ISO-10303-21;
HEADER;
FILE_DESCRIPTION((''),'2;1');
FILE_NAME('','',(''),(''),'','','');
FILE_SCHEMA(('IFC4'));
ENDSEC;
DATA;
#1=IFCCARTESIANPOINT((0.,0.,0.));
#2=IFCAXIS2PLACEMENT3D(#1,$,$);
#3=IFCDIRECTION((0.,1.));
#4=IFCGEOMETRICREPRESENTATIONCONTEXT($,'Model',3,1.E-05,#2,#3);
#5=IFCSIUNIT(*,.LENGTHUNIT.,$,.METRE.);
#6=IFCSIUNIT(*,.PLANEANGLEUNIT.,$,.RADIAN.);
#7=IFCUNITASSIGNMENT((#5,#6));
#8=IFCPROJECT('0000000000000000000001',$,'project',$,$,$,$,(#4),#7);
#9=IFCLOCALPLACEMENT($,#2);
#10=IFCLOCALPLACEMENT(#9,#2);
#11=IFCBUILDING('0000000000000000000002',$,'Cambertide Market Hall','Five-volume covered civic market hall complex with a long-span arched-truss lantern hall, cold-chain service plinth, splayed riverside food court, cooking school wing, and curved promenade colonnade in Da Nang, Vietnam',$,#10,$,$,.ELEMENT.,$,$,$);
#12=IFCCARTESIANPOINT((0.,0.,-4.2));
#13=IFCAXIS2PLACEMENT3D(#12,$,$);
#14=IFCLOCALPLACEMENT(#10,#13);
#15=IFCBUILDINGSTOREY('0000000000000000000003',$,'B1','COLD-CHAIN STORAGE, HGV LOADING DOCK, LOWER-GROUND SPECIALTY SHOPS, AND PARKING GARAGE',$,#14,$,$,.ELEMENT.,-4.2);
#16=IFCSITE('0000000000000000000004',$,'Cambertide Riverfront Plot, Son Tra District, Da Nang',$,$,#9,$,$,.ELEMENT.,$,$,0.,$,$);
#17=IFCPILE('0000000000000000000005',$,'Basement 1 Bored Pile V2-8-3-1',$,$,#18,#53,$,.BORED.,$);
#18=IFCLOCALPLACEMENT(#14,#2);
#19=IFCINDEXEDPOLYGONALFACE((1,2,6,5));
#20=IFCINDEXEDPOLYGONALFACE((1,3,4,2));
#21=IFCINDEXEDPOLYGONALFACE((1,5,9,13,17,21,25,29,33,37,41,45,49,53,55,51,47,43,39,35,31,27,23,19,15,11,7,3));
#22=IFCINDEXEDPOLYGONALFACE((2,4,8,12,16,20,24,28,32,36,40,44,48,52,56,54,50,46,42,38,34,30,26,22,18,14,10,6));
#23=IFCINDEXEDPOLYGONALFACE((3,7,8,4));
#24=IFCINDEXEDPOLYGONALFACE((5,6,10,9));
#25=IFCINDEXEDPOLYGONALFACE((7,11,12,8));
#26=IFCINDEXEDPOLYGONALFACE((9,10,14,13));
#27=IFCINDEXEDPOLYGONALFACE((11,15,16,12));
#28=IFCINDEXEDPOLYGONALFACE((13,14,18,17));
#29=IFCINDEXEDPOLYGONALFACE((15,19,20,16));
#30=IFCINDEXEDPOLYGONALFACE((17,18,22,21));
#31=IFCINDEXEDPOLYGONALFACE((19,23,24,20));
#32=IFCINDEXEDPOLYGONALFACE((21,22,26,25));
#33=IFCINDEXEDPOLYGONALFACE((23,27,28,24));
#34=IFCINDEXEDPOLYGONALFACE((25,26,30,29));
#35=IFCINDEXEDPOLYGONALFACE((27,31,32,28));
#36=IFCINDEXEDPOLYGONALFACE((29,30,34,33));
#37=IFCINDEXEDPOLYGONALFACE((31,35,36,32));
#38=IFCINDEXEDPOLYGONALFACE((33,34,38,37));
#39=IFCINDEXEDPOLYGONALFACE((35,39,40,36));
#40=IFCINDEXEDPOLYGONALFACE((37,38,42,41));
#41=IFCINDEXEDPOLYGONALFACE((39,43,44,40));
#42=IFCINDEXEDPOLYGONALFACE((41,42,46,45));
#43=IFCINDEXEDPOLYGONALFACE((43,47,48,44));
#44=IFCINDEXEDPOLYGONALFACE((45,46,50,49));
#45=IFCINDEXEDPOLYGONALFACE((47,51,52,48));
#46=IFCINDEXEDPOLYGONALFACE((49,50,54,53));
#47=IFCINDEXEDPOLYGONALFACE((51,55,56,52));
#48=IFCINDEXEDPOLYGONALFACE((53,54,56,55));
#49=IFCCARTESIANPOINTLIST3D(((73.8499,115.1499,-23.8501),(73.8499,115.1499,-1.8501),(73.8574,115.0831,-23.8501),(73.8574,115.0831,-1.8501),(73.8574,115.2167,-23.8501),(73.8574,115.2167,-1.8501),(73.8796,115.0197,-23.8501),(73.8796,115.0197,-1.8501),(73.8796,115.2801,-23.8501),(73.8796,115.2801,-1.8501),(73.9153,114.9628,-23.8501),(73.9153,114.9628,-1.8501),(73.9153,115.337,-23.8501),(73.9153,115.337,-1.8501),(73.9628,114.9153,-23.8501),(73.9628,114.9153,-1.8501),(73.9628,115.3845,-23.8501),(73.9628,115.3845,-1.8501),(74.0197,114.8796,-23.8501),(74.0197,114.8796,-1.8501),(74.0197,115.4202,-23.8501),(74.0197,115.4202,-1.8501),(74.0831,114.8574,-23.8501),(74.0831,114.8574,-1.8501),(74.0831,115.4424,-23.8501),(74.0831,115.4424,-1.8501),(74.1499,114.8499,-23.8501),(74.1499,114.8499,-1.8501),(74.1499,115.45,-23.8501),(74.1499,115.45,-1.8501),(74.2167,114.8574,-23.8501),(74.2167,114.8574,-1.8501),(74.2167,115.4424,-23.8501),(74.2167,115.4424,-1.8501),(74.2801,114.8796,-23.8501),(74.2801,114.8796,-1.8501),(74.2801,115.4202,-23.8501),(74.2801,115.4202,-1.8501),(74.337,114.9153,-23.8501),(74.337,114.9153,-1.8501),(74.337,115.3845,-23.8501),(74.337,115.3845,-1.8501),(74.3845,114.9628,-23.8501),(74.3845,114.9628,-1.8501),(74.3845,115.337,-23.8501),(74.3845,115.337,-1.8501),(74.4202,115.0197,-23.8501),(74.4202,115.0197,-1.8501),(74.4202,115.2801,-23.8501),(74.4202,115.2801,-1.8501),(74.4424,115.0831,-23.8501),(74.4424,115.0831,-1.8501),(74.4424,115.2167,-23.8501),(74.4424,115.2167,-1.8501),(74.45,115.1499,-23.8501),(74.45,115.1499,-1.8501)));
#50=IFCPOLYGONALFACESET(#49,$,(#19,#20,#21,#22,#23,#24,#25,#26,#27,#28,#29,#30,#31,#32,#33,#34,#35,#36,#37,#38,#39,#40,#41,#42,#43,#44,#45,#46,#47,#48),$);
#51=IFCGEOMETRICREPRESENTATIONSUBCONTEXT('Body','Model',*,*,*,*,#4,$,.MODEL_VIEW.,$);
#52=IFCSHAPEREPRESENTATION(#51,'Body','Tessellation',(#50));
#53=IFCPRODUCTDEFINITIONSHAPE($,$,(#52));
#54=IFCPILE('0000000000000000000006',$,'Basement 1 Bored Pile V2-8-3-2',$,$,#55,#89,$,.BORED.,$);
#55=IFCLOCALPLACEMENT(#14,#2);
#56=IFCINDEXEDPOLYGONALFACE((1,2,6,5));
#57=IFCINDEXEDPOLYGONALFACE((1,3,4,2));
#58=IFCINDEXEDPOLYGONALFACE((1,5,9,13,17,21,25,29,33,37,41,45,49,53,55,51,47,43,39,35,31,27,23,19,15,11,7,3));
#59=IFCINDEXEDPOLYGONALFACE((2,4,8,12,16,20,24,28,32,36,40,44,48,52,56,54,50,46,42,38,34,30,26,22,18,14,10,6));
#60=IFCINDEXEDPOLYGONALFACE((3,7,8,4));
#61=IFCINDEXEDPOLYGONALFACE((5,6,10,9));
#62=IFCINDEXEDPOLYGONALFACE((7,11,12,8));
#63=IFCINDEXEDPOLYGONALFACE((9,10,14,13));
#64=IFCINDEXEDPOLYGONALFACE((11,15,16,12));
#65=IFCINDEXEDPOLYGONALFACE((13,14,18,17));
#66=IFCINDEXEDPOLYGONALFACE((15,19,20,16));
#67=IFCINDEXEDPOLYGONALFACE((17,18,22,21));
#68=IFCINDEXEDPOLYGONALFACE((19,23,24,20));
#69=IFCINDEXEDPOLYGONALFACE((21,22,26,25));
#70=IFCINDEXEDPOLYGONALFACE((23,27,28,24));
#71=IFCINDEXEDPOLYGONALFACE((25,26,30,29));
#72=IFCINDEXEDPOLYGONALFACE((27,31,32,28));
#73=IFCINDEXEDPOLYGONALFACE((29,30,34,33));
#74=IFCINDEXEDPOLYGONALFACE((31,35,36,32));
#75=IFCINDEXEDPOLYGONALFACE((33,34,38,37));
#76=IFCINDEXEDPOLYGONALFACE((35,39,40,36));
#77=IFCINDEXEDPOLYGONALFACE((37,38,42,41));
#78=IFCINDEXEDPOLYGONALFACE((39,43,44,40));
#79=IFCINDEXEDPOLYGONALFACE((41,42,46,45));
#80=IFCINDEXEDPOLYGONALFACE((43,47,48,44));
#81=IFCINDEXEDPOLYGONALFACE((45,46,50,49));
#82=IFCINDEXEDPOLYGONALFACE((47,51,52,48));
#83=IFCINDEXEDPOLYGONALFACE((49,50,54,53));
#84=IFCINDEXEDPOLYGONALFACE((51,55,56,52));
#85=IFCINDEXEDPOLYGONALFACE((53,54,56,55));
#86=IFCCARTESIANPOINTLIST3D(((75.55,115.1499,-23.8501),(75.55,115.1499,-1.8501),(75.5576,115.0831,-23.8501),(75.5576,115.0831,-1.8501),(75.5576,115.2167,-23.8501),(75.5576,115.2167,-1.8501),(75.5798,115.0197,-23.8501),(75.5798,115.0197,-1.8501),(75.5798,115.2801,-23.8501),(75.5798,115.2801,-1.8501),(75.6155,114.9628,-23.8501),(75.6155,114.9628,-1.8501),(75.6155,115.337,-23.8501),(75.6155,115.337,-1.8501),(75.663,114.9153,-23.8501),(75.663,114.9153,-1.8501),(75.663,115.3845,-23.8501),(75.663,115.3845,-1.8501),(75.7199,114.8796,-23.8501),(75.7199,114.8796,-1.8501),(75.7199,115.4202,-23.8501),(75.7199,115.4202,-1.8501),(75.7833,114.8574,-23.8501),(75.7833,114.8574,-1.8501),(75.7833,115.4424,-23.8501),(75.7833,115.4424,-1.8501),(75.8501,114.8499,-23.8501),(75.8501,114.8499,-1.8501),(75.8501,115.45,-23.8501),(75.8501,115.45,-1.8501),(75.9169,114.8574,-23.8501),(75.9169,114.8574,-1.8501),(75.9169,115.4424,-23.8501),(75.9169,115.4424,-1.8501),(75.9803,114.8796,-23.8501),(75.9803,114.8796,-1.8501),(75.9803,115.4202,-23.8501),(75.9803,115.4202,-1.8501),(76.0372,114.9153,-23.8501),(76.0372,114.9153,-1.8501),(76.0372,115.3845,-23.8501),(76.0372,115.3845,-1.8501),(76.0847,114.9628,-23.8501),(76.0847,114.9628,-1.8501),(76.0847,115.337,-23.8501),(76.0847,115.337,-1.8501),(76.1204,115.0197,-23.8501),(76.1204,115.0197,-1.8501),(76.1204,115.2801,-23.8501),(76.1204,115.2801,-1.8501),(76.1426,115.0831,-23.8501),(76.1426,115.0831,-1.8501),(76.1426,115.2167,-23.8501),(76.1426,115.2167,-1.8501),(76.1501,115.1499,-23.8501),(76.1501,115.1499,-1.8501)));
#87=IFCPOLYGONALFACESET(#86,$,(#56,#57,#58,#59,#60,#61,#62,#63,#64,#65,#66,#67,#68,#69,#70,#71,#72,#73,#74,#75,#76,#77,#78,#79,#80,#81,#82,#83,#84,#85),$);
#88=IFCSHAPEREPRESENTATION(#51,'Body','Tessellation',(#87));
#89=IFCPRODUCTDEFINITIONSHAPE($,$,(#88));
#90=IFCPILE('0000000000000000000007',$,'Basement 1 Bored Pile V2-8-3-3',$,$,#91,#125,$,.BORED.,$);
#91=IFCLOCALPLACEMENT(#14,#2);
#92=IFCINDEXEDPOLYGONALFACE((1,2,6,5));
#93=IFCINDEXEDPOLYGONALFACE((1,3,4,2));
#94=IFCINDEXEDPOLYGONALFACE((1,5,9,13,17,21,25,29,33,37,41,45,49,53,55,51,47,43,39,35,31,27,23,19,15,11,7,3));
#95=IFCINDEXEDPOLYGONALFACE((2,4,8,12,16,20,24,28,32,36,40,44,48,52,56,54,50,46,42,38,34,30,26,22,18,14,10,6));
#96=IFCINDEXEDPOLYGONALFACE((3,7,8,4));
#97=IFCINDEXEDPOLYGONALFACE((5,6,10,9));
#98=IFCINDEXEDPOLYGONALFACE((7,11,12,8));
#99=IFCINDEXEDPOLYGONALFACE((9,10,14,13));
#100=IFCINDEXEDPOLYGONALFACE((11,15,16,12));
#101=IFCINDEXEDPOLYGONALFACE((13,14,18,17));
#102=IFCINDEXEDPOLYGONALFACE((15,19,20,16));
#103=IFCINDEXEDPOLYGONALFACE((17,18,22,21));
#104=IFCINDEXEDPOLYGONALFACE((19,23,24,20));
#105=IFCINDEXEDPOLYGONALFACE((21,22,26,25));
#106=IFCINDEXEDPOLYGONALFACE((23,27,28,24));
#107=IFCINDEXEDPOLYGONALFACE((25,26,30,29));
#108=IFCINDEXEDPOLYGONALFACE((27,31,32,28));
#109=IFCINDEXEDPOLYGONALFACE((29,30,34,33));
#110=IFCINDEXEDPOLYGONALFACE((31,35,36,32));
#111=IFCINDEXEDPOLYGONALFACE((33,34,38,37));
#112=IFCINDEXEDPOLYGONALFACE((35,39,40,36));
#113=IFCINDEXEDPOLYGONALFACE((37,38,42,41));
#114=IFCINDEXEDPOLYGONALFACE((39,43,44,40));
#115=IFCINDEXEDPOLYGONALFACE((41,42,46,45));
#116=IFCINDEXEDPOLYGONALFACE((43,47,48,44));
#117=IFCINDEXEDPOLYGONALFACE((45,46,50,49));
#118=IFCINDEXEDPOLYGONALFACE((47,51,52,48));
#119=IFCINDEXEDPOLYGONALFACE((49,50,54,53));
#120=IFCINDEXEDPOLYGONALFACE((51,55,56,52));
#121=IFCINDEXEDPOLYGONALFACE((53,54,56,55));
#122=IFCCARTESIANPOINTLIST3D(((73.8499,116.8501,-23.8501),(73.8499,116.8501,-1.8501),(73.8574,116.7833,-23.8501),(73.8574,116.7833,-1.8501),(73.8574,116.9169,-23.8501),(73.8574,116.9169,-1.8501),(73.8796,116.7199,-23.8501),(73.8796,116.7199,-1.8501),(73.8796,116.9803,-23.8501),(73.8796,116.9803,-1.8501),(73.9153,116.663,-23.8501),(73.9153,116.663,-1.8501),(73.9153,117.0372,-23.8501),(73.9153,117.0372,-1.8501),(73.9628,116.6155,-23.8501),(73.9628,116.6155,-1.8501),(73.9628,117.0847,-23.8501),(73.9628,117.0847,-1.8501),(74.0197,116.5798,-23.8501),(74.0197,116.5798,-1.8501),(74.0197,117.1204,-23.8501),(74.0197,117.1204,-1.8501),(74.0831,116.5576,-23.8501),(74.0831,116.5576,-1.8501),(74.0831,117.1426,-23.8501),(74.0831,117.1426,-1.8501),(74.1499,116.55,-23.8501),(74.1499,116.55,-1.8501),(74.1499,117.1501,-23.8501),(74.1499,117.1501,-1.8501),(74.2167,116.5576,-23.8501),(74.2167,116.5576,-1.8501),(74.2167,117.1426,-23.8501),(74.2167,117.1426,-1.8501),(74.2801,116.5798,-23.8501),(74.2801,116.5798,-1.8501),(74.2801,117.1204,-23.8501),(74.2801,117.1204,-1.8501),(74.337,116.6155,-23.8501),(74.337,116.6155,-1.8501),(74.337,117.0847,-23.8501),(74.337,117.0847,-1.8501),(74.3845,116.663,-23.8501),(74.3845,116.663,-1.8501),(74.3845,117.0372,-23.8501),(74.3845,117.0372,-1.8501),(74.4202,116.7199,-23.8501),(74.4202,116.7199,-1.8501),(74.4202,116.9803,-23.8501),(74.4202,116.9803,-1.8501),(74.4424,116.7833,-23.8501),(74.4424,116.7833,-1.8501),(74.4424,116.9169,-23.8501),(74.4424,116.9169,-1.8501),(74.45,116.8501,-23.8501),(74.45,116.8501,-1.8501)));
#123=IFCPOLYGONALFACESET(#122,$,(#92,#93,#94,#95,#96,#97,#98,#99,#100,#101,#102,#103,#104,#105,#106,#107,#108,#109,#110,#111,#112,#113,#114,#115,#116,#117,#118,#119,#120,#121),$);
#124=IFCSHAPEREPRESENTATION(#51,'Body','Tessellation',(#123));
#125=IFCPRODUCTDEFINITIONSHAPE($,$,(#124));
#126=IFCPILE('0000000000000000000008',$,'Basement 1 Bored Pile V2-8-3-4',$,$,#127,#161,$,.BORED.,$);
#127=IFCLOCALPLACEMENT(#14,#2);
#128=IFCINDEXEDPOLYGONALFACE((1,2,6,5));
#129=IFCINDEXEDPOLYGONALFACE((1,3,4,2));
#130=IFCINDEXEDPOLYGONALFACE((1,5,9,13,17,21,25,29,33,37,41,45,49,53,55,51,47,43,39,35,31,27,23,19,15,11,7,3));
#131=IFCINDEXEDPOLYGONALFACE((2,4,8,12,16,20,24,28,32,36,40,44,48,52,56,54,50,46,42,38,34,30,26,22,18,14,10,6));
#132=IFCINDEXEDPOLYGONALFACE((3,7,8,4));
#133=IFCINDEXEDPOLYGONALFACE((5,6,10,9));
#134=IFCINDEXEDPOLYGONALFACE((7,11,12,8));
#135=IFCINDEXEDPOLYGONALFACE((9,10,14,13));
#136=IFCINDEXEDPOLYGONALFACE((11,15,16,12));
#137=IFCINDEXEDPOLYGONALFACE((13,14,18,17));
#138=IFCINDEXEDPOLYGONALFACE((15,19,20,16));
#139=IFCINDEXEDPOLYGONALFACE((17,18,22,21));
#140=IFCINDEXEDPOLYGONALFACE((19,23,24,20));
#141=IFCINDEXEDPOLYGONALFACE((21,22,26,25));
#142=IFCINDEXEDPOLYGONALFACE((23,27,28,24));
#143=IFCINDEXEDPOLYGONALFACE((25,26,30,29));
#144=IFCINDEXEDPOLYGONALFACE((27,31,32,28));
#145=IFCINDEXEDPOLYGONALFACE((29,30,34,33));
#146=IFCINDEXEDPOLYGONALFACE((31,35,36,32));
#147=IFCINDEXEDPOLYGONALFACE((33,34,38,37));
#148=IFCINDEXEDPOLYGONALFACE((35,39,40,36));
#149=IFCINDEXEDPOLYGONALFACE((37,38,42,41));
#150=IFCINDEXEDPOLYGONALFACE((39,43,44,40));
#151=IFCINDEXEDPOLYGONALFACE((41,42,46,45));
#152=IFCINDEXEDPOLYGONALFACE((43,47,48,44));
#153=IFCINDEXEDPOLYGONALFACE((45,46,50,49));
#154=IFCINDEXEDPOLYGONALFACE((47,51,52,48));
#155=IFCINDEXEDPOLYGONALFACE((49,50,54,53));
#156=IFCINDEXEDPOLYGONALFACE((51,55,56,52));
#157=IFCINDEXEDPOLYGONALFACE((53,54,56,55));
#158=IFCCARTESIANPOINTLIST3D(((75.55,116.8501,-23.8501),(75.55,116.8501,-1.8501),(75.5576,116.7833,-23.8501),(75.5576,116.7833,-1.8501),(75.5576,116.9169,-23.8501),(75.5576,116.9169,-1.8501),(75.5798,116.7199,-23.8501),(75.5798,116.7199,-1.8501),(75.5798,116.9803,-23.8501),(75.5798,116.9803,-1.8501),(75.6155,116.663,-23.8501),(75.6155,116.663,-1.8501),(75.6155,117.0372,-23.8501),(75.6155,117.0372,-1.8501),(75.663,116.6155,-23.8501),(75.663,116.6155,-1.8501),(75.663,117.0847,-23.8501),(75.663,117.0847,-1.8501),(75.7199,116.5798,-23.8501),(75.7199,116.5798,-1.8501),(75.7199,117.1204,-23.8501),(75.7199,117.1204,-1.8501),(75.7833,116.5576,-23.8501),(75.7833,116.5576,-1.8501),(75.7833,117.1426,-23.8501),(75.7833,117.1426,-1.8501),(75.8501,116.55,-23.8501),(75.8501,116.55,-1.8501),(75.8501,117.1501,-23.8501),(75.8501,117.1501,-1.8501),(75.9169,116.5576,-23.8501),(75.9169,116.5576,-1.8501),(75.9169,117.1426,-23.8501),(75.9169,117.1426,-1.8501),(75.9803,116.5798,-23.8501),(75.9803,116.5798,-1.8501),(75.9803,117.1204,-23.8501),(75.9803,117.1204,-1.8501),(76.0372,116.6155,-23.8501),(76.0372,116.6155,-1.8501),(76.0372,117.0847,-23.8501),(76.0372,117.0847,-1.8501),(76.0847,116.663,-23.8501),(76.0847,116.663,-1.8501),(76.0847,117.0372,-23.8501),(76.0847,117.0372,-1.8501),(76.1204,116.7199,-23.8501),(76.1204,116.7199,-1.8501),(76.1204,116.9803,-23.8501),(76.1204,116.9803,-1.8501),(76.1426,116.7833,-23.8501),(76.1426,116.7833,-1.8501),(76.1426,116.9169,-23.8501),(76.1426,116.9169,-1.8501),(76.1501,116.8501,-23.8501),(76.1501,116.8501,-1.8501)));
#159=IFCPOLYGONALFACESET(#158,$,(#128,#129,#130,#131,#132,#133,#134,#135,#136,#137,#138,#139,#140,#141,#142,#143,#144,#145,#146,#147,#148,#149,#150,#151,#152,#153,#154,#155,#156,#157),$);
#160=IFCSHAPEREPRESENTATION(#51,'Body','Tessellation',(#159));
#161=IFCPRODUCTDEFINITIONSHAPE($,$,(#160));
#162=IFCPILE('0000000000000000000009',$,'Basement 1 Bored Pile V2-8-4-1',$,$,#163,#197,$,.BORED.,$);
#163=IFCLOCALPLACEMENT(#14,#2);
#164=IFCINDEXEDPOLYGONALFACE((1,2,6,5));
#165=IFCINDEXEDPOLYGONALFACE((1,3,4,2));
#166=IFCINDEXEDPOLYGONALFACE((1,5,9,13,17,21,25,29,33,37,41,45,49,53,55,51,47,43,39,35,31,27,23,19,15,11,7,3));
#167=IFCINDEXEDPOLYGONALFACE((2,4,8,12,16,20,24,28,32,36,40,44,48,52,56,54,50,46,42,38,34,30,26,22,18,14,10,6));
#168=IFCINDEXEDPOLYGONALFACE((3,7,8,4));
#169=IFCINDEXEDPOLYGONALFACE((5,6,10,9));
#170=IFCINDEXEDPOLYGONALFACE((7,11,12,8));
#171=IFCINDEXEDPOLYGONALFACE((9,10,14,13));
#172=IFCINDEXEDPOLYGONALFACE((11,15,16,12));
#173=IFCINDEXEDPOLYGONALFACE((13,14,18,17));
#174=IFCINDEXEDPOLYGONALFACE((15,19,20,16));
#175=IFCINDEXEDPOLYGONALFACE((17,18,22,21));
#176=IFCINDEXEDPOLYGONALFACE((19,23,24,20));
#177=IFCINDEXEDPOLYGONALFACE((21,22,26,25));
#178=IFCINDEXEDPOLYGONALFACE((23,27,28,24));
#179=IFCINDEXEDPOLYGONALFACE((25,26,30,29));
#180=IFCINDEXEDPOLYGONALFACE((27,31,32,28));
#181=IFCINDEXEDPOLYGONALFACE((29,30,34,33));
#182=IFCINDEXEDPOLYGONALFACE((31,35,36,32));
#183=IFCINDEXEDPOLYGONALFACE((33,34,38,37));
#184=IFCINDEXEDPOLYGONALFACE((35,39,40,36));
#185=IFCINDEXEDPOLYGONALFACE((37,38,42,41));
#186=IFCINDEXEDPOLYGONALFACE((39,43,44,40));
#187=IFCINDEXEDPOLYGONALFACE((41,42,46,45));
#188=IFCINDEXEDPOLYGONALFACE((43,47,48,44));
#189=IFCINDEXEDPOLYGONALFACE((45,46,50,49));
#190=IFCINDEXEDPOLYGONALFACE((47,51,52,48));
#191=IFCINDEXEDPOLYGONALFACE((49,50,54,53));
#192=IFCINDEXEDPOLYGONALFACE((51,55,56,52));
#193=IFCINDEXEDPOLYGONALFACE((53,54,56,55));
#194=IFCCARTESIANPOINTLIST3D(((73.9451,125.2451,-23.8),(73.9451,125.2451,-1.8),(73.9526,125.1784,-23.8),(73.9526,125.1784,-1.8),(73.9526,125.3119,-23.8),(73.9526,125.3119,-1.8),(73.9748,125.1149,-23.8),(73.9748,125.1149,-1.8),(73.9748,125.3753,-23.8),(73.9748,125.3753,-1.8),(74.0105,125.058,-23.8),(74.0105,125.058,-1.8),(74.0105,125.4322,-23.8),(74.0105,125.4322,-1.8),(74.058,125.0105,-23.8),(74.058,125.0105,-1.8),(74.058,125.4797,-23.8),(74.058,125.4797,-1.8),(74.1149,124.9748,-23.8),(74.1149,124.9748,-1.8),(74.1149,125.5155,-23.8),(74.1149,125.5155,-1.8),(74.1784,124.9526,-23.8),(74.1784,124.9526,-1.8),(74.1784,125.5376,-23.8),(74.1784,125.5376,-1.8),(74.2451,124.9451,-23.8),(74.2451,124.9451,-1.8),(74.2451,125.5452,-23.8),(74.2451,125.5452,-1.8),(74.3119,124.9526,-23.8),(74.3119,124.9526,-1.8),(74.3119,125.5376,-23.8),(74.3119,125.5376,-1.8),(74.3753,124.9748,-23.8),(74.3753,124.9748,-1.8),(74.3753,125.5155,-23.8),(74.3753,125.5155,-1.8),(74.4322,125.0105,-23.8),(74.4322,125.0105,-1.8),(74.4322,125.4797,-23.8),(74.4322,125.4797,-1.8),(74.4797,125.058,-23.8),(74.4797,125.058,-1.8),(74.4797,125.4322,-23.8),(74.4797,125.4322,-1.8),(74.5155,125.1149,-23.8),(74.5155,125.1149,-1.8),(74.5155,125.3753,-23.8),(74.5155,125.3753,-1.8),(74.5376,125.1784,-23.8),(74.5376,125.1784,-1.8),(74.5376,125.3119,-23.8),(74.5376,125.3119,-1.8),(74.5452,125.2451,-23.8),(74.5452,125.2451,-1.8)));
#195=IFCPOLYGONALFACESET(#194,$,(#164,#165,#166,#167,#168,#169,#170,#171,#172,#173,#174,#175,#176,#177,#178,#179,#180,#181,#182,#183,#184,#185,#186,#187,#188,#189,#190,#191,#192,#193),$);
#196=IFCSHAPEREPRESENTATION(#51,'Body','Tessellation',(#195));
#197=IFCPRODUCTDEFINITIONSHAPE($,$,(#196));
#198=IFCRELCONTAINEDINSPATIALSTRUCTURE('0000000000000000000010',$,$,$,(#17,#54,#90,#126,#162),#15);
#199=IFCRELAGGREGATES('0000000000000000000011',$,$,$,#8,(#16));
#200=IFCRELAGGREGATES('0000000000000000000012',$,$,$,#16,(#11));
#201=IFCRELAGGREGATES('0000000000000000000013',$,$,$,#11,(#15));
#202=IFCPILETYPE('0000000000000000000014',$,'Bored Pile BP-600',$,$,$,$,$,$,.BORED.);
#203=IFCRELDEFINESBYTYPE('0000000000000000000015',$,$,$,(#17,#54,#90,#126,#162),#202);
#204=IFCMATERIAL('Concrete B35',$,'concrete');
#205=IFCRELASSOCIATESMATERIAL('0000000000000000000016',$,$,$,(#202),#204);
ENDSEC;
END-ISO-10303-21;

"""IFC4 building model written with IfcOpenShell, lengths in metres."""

from ifc_helpers import new_model, si_unit, direction, frame, origin, origin_2d, place, context, subcontext, project, spatial, circle, extrude, material, material_profile, profile_set, type_object, element, save


model = new_model("IFC4")

# Units and contexts
model_context = context("Model", 3, precision=1e-05, world=origin(), true_north=direction((0.0, 1.0)))
body_context = subcontext(model_context, "Body", "Model", "MODEL_VIEW")
ifc_project = project(units=[si_unit("LENGTHUNIT", "METRE"), si_unit("PLANEANGLEUNIT", "RADIAN")], contexts=[model_context])

# Site, building, storey
site_placement = place(None, origin())
site = spatial("IfcSite", under=ifc_project, at=site_placement, Name="Cambertide Riverfront Plot, Son Tra District, Da Nang", CompositionType="ELEMENT", RefElevation=0.0)
building_placement = place(site_placement, origin())
building = spatial("IfcBuilding", under=site, at=building_placement, Name="Cambertide Market Hall", Description="Five-volume covered civic market hall complex with a long-span arched-truss lantern hall, cold-chain service plinth, splayed riverside food court, cooking school wing, and curved promenade colonnade in Da Nang, Vietnam", CompositionType="ELEMENT")
storey_placement = place(building_placement, frame((0.0, 0.0, -4.2)))
storey = spatial("IfcBuildingStorey", under=building, at=storey_placement, Name="B1", Description="COLD-CHAIN STORAGE, HGV LOADING DOCK, LOWER-GROUND SPECIALTY SHOPS, AND PARKING GARAGE", CompositionType="ELEMENT", Elevation=-4.2)

# Piles
ifc_material_1 = material(Name="Concrete B35", Category="concrete")
ifc_material_profile_1 = material_profile(ifc_material_1, circle(Radius=0.3, at=origin_2d()), Name="BP D600")
ifc_profile_set_1 = profile_set([ifc_material_profile_1], Name="Concrete B35")
pile_type = type_object("IfcPileType", Name="Bored Pile BP-600", PredefinedType="BORED", material=ifc_profile_set_1)
for number, where, z_axis, x_axis, name in (
    (1, (74.1499, 115.1499, -1.8501), (0.0, 0.0, -1.0), (1.0, 0.0, 0.0), "Basement 1 Bored Pile V2-8-3-1"),
    (2, (75.8501, 115.1499, -1.8501), (0.0, 0.0, -1.0), (1.0, 0.0, 0.0), "Basement 1 Bored Pile V2-8-3-2"),
    (3, (74.1499, 116.8501, -1.8501), (0.0, 0.0, -1.0), (1.0, 0.0, 0.0), "Basement 1 Bored Pile V2-8-3-3"),
    (4, (75.8501, 116.8501, -1.8501), (0.0, 0.0, -1.0), (1.0, 0.0, 0.0), "Basement 1 Bored Pile V2-8-3-4"),
    (5, (74.2451, 125.2451, -1.8), (0.0, 0.0, -1.0), (1.0, 0.0, 0.0), "Basement 1 Bored Pile V2-8-4-1"),
):
    element("IfcPile", number, at=place(storey_placement, frame(where, z_axis=z_axis, x_axis=x_axis)), inside=storey, type_object=pile_type, Name=name, PredefinedType="BORED", context=body_context, shape_type="SweptSolid", body=[
        extrude(circle(Radius=0.3, at=origin_2d()), origin(), (0.0, 0.0, 1.0), 22.0),
    ])

save(model, "model.ifc")
